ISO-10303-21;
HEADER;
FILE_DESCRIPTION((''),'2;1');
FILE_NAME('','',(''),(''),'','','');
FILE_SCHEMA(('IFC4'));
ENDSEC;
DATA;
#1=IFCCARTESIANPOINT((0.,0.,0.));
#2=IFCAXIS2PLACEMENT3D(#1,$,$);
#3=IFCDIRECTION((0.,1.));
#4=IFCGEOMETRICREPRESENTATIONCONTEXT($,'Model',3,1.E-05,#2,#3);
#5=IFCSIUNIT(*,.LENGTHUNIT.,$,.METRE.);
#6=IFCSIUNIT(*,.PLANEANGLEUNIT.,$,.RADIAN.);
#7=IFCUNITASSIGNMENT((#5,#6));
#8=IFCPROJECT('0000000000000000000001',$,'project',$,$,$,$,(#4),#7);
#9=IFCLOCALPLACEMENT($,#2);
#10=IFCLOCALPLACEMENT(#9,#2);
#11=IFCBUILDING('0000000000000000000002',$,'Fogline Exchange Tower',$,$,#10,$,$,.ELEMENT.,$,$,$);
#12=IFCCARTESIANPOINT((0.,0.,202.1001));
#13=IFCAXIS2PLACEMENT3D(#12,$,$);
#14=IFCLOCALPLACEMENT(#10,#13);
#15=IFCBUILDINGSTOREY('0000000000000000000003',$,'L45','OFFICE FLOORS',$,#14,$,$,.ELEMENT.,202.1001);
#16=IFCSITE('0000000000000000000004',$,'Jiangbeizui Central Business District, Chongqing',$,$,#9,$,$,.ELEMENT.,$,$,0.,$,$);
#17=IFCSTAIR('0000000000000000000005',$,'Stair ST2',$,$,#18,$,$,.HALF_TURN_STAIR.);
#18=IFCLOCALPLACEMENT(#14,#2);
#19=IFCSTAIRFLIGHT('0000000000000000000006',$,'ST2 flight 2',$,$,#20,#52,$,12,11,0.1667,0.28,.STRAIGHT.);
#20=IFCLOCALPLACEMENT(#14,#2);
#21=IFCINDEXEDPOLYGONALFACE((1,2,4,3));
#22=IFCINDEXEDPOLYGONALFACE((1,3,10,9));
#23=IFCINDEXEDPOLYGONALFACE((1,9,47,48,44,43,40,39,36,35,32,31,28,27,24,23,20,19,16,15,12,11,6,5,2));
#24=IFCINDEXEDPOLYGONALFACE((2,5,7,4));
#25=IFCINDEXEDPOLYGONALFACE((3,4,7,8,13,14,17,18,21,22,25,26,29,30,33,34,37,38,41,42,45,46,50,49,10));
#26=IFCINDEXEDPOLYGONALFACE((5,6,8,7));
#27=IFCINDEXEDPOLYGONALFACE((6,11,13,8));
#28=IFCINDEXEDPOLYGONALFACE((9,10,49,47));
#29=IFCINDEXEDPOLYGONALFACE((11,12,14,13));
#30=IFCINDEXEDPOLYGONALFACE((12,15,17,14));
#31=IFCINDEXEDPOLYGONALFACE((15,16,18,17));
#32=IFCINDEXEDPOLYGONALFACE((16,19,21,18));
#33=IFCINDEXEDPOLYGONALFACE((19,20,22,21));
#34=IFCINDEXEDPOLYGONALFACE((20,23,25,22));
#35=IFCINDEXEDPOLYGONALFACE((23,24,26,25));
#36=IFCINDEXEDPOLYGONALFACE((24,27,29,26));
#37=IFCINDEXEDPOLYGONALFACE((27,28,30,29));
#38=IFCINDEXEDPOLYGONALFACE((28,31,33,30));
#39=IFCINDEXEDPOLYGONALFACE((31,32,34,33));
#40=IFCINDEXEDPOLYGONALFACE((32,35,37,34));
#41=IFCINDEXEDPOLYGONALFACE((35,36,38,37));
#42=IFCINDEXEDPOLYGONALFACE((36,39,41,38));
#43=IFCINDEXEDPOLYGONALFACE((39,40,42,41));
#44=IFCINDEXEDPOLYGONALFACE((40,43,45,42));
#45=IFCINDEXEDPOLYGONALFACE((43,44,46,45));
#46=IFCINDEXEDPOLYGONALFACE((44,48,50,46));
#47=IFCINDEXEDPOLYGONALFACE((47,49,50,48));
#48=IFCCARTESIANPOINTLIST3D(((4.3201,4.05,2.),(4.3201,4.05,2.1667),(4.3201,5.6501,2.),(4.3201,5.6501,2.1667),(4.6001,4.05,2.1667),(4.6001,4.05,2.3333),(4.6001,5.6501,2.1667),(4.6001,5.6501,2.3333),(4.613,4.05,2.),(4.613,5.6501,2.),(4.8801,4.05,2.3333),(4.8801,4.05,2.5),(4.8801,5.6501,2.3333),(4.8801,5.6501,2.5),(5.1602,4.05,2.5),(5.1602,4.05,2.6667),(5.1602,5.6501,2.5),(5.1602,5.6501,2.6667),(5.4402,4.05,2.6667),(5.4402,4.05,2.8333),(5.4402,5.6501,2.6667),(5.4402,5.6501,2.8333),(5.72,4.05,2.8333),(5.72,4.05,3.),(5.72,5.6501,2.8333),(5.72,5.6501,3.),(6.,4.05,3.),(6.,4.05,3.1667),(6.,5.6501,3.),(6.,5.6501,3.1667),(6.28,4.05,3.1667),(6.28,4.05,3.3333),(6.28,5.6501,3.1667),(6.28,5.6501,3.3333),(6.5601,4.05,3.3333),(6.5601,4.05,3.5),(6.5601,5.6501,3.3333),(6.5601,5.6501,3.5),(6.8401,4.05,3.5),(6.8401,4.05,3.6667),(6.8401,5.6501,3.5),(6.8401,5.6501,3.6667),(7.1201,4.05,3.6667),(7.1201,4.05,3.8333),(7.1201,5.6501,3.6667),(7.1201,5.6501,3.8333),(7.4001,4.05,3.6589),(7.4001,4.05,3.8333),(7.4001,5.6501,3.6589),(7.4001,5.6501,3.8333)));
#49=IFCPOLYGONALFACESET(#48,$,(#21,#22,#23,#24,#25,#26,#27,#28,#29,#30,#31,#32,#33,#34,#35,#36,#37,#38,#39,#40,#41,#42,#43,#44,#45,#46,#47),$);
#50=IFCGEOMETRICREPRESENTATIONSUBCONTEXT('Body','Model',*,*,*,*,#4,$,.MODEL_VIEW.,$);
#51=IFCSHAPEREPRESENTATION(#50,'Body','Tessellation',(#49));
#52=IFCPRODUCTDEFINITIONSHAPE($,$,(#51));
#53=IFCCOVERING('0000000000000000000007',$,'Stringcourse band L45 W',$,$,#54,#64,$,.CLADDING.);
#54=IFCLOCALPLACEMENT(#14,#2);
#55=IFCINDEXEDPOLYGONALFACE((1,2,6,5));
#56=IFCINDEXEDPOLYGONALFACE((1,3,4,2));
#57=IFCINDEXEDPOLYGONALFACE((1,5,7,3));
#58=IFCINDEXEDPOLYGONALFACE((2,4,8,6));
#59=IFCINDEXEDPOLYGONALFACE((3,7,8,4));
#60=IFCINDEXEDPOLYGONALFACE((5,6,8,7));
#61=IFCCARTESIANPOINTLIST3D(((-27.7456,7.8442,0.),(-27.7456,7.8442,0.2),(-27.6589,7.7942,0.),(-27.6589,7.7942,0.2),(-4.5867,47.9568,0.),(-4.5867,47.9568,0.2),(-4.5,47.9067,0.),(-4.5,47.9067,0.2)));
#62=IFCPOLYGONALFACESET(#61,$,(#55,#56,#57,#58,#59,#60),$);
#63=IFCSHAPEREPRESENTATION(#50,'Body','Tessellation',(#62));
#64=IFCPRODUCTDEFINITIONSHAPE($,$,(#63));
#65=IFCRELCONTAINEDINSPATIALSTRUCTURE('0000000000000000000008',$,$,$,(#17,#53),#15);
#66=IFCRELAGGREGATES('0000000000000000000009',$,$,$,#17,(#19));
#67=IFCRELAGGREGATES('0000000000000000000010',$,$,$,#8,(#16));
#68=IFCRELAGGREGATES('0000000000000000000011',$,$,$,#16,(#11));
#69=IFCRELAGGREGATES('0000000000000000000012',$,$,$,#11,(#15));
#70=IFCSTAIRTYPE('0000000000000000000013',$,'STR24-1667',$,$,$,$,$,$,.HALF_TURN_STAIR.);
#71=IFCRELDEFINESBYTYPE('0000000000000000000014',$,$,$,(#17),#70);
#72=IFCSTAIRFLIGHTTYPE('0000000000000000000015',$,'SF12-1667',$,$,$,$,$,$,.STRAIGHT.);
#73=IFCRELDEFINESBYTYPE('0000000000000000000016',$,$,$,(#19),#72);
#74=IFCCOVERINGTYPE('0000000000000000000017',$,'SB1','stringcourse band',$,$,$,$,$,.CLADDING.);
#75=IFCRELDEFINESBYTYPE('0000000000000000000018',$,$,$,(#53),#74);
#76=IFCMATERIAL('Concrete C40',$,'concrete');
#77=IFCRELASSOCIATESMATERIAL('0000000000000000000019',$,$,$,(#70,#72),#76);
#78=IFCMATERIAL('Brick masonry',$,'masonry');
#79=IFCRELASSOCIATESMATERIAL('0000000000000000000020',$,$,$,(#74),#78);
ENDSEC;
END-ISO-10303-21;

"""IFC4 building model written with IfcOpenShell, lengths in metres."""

from ifc_helpers import new_model, si_unit, direction, frame, origin, place, context, subcontext, project, spatial, polyline, outline, extrude, material, type_object, element, aggregate, save


model = new_model("IFC4")

# Units and contexts
model_context = context("Model", 3, precision=1e-05, world=origin(), true_north=direction((0.0, 1.0)))
body_context = subcontext(model_context, "Body", "Model", "MODEL_VIEW")
ifc_project = project(units=[si_unit("LENGTHUNIT", "METRE"), si_unit("PLANEANGLEUNIT", "RADIAN")], contexts=[model_context])

# Site, building, storey
site_placement = place(None, origin())
site = spatial("IfcSite", under=ifc_project, at=site_placement, Name="Jiangbeizui Central Business District, Chongqing", CompositionType="ELEMENT", RefElevation=0.0)
building_placement = place(site_placement, origin())
building = spatial("IfcBuilding", under=site, at=building_placement, Name="Fogline Exchange Tower", CompositionType="ELEMENT")
storey_placement = place(building_placement, frame((0.0, 0.0, 202.1001)))
storey = spatial("IfcBuildingStorey", under=building, at=storey_placement, Name="L45", Description="OFFICE FLOORS", CompositionType="ELEMENT", Elevation=202.1001)

# Shared definitions
ifc_material_1 = material(Name="Concrete C40", Category="concrete")

# Stair
stair_type = type_object("IfcStairType", Name="STR24-1667", PredefinedType="HALF_TURN_STAIR", material=ifc_material_1)
stair_1_placement = place(storey_placement, origin())
stair_1 = element("IfcStair", 1, at=stair_1_placement, inside=storey, type_object=stair_type, Name="Stair ST2", PredefinedType="HALF_TURN_STAIR")

# Stair flight
stair_flight_type = type_object("IfcStairFlightType", Name="SF12-1667", PredefinedType="STRAIGHT", material=ifc_material_1)
stair_flight_placement = place(storey_placement, frame((4.3201, 4.8501, 2.0), z_axis=(0.0, 0.0, 1.0), x_axis=(1.0, 0.0, 0.0)))
stair_flight = element("IfcStairFlight", 2, at=stair_flight_placement, type_object=stair_flight_type, Name="ST2 flight 2", NumberOfRisers=12, NumberOfTreads=11, PredefinedType="STRAIGHT", RiserHeight=0.1667, TreadLength=0.28, context=body_context, shape_type="SweptSolid", body=[
    extrude(outline(polyline([(0.0, 0.0), (0.0, 0.1667), (0.28, 0.1667), (0.28, 0.3333), (0.5601, 0.3333), (0.5601, 0.5), (0.8401, 0.5), (0.8401, 0.6667), (1.1201, 0.6667), (1.1201, 0.8333), (1.3999, 0.8333), (1.3999, 1.0), (1.6799, 1.0), (1.6799, 1.1667), (1.96, 1.1667), (1.96, 1.3333), (2.24, 1.3333), (2.24, 1.5), (2.52, 1.5), (2.52, 1.6667), (2.8, 1.6667), (2.8, 1.8333), (3.0801, 1.8333), (3.0801, 2.0), (3.0801, 1.6589), (0.293, 0.0), (0.0, 0.0)])), frame((0.0, 0.8, 0.0), z_axis=(0.0, -1.0, 0.0), x_axis=(1.0, 0.0, 0.0)), (0.0, 0.0, 1.0), 1.6001),
])
aggregate(stair_1, [stair_flight])

# Covering
ifc_material_2 = material(Name="Brick masonry", Category="masonry")
covering_type = type_object("IfcCoveringType", Name="SB1", Description="stringcourse band", PredefinedType="CLADDING", material=ifc_material_2)
covering_placement = place(storey_placement, origin())
element("IfcCovering", 3, at=covering_placement, inside=storey, type_object=covering_type, Name="Stringcourse band L45 W", PredefinedType="CLADDING", context=body_context, shape_type="SweptSolid", body=[
    extrude(outline(polyline([(-4.5, 47.9067), (-4.5867, 47.9568), (-27.7456, 7.8442), (-27.6589, 7.7942), (-4.5, 47.9067)])), origin(), (0.0, 0.0, 1.0), 0.2),
])

save(model, "model.ifc")
